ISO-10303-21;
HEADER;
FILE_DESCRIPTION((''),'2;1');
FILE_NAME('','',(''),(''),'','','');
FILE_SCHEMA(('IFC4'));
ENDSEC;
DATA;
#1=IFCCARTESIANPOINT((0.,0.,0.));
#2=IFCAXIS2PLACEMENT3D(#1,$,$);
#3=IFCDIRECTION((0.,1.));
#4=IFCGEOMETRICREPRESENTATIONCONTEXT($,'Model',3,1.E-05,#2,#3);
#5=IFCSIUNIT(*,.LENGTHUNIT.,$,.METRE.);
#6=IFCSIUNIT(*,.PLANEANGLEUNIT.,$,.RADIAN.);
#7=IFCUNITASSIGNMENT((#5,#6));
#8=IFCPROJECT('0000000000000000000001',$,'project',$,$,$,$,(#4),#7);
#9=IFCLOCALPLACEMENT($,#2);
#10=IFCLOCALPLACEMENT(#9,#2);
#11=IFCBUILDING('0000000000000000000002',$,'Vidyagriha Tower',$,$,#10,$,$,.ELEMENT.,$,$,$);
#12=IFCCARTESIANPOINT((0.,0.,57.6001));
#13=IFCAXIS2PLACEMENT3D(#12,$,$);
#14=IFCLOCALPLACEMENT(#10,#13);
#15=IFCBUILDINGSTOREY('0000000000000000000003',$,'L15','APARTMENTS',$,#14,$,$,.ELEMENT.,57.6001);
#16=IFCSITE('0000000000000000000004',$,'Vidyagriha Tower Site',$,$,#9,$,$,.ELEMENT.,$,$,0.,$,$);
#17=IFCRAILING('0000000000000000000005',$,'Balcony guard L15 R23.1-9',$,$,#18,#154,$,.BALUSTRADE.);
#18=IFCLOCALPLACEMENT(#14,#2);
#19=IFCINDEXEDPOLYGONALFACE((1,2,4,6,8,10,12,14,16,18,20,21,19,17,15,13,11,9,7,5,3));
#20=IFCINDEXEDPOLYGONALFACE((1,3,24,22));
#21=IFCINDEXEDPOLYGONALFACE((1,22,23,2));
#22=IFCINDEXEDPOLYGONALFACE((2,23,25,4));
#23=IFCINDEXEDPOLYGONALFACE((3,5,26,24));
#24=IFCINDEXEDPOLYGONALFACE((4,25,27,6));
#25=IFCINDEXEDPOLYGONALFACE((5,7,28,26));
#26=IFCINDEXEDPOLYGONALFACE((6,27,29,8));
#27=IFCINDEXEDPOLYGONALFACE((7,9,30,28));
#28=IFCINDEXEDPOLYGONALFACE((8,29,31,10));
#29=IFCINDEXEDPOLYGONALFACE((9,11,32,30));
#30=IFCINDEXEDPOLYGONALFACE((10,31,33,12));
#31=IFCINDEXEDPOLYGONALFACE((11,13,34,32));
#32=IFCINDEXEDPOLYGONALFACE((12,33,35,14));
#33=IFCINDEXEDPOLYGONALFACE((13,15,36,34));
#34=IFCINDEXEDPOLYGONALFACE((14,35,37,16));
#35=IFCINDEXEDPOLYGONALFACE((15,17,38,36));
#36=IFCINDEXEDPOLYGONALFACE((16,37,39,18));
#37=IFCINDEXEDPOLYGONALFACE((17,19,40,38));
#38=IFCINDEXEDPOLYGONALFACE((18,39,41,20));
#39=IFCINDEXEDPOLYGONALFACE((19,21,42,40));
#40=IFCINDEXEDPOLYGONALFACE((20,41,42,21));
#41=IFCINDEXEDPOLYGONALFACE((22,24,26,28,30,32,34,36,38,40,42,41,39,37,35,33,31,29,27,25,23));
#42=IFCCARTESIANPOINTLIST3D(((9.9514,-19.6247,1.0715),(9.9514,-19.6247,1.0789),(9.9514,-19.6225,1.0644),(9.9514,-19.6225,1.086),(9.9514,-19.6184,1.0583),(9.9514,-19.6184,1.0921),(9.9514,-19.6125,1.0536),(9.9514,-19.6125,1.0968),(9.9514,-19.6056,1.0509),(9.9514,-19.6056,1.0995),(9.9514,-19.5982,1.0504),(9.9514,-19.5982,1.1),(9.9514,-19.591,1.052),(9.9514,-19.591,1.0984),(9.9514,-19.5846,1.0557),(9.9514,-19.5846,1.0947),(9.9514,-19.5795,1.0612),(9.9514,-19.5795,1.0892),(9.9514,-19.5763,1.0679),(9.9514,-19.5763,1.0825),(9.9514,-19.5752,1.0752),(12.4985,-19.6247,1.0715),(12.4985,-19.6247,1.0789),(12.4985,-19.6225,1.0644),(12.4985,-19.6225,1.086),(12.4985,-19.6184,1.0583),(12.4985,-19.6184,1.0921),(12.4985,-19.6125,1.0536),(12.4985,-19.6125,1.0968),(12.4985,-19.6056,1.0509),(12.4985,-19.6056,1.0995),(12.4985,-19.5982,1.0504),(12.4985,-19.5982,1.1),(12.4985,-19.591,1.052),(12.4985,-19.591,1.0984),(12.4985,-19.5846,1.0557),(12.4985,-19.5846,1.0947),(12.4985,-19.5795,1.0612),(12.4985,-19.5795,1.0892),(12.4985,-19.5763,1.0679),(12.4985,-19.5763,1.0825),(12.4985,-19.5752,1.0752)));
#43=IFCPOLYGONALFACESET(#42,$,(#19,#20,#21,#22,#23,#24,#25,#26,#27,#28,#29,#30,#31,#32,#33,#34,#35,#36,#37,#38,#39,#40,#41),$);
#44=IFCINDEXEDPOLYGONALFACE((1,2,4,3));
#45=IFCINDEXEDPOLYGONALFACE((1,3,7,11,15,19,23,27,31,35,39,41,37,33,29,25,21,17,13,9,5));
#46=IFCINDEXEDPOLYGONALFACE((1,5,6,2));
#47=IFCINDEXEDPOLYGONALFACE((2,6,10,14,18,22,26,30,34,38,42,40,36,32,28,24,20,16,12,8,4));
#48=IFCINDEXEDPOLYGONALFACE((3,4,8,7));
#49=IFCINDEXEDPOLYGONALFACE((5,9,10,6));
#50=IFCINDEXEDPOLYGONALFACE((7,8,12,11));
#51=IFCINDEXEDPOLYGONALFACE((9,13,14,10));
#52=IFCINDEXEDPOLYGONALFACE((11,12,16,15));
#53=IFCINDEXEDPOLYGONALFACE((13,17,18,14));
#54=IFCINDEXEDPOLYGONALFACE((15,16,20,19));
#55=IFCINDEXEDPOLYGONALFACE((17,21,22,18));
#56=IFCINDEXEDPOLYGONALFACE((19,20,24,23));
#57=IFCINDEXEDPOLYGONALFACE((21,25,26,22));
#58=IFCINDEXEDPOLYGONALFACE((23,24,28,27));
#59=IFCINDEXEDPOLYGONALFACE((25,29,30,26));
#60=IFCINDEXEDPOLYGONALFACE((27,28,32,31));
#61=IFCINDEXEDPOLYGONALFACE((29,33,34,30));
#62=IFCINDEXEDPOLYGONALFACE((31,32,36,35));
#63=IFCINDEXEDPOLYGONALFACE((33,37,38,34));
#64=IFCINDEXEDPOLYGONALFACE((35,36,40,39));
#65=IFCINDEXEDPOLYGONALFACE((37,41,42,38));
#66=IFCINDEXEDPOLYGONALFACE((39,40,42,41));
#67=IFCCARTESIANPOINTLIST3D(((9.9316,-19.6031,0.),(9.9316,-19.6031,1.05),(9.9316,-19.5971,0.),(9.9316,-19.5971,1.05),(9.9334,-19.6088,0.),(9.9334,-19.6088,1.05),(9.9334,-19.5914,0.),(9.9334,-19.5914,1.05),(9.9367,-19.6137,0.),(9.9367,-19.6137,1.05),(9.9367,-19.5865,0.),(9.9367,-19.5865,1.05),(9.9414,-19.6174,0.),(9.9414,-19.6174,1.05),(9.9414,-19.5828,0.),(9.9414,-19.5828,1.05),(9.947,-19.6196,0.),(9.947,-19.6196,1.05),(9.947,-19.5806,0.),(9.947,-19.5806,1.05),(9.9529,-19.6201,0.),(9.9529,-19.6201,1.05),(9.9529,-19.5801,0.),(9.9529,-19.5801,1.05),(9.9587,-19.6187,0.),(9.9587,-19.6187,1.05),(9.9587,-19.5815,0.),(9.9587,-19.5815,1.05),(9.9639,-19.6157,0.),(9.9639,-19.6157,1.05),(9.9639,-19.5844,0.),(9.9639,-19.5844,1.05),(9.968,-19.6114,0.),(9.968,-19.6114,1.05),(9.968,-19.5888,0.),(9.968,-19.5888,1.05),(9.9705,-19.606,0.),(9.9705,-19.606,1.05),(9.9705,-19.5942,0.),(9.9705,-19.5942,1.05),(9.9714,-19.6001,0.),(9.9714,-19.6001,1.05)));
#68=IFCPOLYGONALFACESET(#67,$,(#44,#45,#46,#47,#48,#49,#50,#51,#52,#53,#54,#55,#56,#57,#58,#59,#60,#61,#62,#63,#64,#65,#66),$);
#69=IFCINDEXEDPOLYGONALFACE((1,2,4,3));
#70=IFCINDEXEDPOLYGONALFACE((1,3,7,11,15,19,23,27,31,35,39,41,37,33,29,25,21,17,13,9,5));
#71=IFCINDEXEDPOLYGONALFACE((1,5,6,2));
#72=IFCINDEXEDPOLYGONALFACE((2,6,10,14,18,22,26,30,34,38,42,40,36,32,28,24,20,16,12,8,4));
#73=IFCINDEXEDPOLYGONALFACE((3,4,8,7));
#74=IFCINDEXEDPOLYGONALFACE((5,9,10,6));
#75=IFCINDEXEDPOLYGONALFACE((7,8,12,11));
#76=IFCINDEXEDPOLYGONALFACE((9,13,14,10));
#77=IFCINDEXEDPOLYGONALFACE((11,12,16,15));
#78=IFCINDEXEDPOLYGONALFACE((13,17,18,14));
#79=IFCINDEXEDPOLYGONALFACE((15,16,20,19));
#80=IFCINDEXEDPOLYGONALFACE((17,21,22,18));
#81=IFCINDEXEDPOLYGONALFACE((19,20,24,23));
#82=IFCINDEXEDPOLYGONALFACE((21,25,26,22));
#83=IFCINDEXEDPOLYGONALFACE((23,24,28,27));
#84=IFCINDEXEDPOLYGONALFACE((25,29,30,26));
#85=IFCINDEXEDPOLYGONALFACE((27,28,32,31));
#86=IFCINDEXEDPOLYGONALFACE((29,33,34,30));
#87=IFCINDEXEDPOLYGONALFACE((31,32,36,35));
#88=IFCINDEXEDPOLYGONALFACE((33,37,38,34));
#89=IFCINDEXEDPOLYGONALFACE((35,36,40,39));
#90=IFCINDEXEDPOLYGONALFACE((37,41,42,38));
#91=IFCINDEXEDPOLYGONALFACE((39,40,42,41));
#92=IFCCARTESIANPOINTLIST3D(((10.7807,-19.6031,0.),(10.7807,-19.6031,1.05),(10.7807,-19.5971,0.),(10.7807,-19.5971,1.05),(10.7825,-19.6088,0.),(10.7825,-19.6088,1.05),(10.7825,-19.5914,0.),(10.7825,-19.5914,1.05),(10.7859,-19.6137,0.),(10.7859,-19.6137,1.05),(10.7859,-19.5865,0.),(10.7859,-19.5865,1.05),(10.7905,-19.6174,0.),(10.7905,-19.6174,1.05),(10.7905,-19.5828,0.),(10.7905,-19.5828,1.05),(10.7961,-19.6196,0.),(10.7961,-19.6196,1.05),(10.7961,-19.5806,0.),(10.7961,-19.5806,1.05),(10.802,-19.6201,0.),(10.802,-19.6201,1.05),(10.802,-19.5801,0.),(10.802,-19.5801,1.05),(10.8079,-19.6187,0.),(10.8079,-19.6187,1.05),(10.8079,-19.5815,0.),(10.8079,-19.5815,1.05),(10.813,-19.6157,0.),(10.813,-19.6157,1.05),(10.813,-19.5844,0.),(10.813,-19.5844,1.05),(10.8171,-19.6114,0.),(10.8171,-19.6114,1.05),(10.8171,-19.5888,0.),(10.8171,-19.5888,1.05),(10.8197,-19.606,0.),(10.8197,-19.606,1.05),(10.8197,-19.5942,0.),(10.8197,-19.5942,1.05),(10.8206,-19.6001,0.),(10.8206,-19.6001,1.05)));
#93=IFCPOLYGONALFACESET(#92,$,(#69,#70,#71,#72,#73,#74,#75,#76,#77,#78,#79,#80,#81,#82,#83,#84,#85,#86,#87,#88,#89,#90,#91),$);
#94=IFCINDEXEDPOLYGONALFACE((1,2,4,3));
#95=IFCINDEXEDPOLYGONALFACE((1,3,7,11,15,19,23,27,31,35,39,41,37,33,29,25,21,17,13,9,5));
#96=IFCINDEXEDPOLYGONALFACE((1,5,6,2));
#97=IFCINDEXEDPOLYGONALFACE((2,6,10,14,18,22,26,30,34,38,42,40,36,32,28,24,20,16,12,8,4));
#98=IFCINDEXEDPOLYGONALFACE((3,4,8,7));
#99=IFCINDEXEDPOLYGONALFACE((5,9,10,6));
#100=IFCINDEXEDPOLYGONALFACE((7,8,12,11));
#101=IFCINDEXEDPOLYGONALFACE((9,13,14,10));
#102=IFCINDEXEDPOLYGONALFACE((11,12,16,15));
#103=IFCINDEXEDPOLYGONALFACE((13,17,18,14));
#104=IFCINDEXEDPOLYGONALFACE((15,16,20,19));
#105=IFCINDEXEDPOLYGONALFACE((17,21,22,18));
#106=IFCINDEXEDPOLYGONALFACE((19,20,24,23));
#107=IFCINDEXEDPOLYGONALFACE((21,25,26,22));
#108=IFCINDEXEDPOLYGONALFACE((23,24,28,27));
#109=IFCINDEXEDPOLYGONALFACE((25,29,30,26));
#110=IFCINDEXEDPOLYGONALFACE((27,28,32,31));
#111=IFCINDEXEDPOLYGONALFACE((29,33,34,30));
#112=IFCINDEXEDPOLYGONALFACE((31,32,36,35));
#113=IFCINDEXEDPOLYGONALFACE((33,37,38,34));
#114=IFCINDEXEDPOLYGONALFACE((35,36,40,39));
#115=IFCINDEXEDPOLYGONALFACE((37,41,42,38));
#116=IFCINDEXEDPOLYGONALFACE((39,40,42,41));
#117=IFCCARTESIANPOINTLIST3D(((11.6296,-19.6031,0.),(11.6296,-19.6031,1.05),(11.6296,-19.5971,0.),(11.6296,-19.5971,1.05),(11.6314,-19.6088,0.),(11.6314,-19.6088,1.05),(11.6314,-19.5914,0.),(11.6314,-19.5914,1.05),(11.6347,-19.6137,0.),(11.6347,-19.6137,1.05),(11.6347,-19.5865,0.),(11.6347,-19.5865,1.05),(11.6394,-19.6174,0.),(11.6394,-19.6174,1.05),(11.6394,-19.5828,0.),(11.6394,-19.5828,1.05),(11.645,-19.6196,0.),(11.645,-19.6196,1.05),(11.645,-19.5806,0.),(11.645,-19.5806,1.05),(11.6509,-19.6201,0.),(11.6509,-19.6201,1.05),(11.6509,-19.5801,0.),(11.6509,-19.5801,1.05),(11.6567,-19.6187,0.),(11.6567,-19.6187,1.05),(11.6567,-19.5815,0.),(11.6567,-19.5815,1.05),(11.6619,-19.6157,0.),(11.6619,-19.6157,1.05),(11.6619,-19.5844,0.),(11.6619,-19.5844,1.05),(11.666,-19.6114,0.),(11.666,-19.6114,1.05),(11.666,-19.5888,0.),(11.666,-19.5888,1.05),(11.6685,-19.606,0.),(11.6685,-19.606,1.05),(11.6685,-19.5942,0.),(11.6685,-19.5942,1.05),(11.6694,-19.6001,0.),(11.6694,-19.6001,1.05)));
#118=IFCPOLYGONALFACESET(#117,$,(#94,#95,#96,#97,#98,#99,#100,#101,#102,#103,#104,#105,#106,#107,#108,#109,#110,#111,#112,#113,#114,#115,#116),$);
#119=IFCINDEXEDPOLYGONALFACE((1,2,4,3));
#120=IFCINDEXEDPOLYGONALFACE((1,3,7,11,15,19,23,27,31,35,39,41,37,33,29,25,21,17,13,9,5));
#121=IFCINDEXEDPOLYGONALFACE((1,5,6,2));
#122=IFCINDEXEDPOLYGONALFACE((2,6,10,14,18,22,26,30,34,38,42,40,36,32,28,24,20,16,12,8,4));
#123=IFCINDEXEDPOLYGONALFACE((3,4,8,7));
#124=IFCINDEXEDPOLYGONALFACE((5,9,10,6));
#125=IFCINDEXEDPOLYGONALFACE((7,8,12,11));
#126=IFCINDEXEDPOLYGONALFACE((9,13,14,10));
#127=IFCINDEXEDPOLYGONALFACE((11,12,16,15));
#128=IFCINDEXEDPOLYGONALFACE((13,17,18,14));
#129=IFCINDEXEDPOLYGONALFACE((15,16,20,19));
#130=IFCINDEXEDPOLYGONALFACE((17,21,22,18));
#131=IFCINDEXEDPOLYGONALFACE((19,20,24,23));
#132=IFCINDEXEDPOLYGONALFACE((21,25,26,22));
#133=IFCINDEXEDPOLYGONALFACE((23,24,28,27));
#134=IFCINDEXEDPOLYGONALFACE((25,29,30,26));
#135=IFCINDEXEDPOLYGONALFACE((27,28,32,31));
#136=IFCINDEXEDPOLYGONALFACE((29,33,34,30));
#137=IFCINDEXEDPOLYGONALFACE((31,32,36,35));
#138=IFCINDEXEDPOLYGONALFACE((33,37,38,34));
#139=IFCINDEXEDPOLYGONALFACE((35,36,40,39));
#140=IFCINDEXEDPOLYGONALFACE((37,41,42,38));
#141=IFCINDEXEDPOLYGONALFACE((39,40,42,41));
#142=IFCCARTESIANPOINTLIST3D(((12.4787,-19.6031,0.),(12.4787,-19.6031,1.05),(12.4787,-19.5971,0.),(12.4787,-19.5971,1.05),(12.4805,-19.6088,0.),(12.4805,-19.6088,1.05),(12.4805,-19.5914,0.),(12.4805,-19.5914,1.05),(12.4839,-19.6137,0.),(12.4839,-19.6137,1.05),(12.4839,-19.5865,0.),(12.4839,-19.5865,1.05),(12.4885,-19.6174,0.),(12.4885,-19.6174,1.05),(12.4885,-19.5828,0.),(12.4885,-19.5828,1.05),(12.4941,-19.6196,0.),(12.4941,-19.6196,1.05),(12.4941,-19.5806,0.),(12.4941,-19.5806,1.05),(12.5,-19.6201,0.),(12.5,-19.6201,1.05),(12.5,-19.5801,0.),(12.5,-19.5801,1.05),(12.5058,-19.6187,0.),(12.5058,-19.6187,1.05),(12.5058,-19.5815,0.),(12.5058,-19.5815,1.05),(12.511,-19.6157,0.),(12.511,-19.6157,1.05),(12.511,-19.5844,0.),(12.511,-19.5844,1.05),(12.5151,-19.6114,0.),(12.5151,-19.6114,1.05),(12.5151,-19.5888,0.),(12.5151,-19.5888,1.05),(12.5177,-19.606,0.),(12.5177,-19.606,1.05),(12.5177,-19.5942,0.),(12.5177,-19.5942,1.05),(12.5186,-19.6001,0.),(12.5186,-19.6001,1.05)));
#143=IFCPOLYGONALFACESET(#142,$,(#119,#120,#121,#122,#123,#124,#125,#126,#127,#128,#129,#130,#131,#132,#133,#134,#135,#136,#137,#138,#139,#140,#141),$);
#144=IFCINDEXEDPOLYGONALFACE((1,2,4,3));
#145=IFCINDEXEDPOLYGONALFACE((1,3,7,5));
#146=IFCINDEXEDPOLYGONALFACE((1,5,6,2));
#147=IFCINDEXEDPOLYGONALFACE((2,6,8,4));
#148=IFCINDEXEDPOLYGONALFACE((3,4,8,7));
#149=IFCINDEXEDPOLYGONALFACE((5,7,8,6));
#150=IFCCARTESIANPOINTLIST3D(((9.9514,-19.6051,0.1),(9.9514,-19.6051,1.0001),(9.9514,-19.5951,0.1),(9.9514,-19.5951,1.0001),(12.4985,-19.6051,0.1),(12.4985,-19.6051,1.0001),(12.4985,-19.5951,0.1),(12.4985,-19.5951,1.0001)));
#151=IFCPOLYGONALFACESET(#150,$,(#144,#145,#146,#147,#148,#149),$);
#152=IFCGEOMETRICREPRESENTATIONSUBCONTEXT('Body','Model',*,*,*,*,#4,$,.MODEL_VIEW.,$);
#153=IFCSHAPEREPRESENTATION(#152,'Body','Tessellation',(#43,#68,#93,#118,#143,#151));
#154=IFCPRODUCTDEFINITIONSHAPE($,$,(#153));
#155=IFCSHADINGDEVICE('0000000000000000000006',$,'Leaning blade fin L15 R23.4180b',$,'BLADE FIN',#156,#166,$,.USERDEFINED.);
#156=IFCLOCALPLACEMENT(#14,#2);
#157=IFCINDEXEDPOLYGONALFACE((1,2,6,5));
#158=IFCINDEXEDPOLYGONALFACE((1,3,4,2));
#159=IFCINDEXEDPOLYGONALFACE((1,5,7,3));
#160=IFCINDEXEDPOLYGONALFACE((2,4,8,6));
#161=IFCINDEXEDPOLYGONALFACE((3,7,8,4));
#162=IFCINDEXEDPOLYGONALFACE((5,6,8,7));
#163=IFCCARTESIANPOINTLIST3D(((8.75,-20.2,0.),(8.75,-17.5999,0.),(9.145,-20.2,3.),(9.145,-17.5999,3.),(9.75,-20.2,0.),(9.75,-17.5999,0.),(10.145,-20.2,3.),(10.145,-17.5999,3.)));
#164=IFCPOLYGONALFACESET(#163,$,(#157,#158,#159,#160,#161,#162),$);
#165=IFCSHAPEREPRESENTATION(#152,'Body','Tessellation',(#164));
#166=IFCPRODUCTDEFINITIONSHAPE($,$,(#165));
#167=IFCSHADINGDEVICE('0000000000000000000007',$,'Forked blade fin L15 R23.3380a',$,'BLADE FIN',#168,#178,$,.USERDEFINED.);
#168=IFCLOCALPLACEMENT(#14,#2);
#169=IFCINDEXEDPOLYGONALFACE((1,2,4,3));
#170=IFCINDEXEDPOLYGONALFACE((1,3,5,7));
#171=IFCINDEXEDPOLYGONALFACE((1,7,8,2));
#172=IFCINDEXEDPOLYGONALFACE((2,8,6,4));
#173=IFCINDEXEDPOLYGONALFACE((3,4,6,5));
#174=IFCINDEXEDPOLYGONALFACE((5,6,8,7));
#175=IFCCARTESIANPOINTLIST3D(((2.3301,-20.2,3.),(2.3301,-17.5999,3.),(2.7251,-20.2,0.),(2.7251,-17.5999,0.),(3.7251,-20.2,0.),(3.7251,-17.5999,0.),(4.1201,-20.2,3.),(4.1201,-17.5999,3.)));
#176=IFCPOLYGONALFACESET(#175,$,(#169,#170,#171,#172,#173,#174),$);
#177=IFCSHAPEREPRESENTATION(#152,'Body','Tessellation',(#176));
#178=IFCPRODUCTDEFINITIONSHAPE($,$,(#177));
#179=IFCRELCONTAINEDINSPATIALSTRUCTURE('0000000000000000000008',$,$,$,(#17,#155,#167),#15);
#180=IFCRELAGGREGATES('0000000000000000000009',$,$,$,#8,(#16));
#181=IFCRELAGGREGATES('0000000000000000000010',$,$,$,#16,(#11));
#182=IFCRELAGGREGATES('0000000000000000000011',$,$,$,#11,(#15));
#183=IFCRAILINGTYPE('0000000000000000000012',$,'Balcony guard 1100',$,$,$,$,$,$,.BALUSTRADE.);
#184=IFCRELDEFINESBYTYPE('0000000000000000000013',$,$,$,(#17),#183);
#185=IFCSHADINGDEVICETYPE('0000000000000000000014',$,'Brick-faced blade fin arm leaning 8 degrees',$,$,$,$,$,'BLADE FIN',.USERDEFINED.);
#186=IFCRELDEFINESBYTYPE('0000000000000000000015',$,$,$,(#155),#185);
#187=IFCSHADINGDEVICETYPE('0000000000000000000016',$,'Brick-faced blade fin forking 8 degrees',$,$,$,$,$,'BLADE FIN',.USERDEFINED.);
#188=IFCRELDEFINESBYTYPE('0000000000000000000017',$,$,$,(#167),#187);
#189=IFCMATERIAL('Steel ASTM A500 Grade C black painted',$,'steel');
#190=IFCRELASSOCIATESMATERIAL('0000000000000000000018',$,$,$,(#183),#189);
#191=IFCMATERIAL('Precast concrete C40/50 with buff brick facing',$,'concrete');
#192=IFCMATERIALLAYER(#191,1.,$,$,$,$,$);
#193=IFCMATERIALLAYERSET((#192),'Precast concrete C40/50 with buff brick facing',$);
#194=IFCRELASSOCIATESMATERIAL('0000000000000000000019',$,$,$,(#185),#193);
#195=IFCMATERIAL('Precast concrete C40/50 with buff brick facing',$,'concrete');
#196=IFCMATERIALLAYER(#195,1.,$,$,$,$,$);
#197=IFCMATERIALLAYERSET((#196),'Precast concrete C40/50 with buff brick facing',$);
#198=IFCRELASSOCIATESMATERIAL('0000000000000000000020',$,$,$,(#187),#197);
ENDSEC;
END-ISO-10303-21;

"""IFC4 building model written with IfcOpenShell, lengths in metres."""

from ifc_helpers import new_model, si_unit, direction, frame, origin, origin_2d, place, context, subcontext, project, spatial, polyline, rectangle, circle, outline, extrude, material, layer, layer_set, type_object, element, save


model = new_model("IFC4")

# Units and contexts
model_context = context("Model", 3, precision=1e-05, world=origin(), true_north=direction((0.0, 1.0)))
body_context = subcontext(model_context, "Body", "Model", "MODEL_VIEW")
ifc_project = project(units=[si_unit("LENGTHUNIT", "METRE"), si_unit("PLANEANGLEUNIT", "RADIAN")], contexts=[model_context])

# Site, building, storey
site_placement = place(None, origin())
site = spatial("IfcSite", under=ifc_project, at=site_placement, Name="Vidyagriha Tower Site", CompositionType="ELEMENT", RefElevation=0.0)
building_placement = place(site_placement, origin())
building = spatial("IfcBuilding", under=site, at=building_placement, Name="Vidyagriha Tower", CompositionType="ELEMENT")
storey_placement = place(building_placement, frame((0.0, 0.0, 57.6001)))
storey = spatial("IfcBuildingStorey", under=building, at=storey_placement, Name="L15", Description="APARTMENTS", CompositionType="ELEMENT", Elevation=57.6001)

# Railing
ifc_material_1 = material(Name="Steel ASTM A500 Grade C black painted", Category="steel")
railing_type = type_object("IfcRailingType", Name="Balcony guard 1100", PredefinedType="BALUSTRADE", material=ifc_material_1)
railing_1_placement = place(storey_placement, frame((9.9514, -19.6001, 0.0)))
element("IfcRailing", 1, at=railing_1_placement, inside=storey, type_object=railing_type, Name="Balcony guard L15 R23.1-9", PredefinedType="BALUSTRADE", context=body_context, shape_type="SweptSolid", body=[
    extrude(circle(Radius=0.0249, at=origin_2d()), frame((0.0, 0.0, 1.0752), z_axis=(1.0, 0.0, 0.0), x_axis=(0.0, 1.0, 0.0)), (0.0, 0.0, 1.0), 2.5471),
    extrude(circle(Radius=0.02, at=origin_2d()), origin(), (0.0, 0.0, 1.0), 1.05),
    extrude(circle(Radius=0.02, at=origin_2d()), frame((0.8491, 0.0, 0.0)), (0.0, 0.0, 1.0), 1.05),
    extrude(circle(Radius=0.02, at=origin_2d()), frame((1.698, 0.0, 0.0)), (0.0, 0.0, 1.0), 1.05),
    extrude(circle(Radius=0.02, at=origin_2d()), frame((2.5471, 0.0, 0.0)), (0.0, 0.0, 1.0), 1.05),
    extrude(rectangle(XDim=0.01, YDim=0.9001, at=origin_2d()), frame((0.0, 0.0, 0.55), z_axis=(1.0, 0.0, 0.0), x_axis=(0.0, 1.0, 0.0)), (0.0, 0.0, 1.0), 2.5471),
])

# Shading devices
ifc_material_2 = material(Name="Precast concrete C40/50 with buff brick facing", Category="concrete")
ifc_layer_1 = layer(ifc_material_2, 1.0)
ifc_layer_set_1 = layer_set([ifc_layer_1], Name="Precast concrete C40/50 with buff brick facing")
shading_device_type_1 = type_object("IfcShadingDeviceType", Name="Brick-faced blade fin arm leaning 8 degrees", ElementType="BLADE FIN", PredefinedType="USERDEFINED", material=ifc_layer_set_1)
shading_device_1_placement = place(storey_placement, frame((8.75, -18.8999, 0.0)))
element("IfcShadingDevice", 2, at=shading_device_1_placement, inside=storey, type_object=shading_device_type_1, Name="Leaning blade fin L15 R23.4180b", ObjectType="BLADE FIN", PredefinedType="USERDEFINED", context=body_context, shape_type="SweptSolid", body=[
    extrude(outline(polyline([(0.0, 0.0), (1.0, 0.0), (1.395, 3.0), (0.395, 3.0), (0.0, 0.0)])), frame((0.0, 1.3, 0.0), z_axis=(0.0, -1.0, 0.0), x_axis=(1.0, 0.0, 0.0)), (0.0, 0.0, 1.0), 2.6001),
])
ifc_material_3 = material(Name="Precast concrete C40/50 with buff brick facing", Category="concrete")
ifc_layer_2 = layer(ifc_material_3, 1.0)
ifc_layer_set_2 = layer_set([ifc_layer_2], Name="Precast concrete C40/50 with buff brick facing")
shading_device_type_2 = type_object("IfcShadingDeviceType", Name="Brick-faced blade fin forking 8 degrees", ElementType="BLADE FIN", PredefinedType="USERDEFINED", material=ifc_layer_set_2)
shading_device_2_placement = place(storey_placement, frame((2.3301, -18.8999, 0.0)))
element("IfcShadingDevice", 3, at=shading_device_2_placement, inside=storey, type_object=shading_device_type_2, Name="Forked blade fin L15 R23.3380a", ObjectType="BLADE FIN", PredefinedType="USERDEFINED", context=body_context, shape_type="SweptSolid", body=[
    extrude(outline(polyline([(0.395, 0.0), (1.395, 0.0), (1.79, 3.0), (0.0, 3.0), (0.395, 0.0)])), frame((0.0, 1.3, 0.0), z_axis=(0.0, -1.0, 0.0), x_axis=(1.0, 0.0, 0.0)), (0.0, 0.0, 1.0), 2.6001),
])

save(model, "model.ifc")
